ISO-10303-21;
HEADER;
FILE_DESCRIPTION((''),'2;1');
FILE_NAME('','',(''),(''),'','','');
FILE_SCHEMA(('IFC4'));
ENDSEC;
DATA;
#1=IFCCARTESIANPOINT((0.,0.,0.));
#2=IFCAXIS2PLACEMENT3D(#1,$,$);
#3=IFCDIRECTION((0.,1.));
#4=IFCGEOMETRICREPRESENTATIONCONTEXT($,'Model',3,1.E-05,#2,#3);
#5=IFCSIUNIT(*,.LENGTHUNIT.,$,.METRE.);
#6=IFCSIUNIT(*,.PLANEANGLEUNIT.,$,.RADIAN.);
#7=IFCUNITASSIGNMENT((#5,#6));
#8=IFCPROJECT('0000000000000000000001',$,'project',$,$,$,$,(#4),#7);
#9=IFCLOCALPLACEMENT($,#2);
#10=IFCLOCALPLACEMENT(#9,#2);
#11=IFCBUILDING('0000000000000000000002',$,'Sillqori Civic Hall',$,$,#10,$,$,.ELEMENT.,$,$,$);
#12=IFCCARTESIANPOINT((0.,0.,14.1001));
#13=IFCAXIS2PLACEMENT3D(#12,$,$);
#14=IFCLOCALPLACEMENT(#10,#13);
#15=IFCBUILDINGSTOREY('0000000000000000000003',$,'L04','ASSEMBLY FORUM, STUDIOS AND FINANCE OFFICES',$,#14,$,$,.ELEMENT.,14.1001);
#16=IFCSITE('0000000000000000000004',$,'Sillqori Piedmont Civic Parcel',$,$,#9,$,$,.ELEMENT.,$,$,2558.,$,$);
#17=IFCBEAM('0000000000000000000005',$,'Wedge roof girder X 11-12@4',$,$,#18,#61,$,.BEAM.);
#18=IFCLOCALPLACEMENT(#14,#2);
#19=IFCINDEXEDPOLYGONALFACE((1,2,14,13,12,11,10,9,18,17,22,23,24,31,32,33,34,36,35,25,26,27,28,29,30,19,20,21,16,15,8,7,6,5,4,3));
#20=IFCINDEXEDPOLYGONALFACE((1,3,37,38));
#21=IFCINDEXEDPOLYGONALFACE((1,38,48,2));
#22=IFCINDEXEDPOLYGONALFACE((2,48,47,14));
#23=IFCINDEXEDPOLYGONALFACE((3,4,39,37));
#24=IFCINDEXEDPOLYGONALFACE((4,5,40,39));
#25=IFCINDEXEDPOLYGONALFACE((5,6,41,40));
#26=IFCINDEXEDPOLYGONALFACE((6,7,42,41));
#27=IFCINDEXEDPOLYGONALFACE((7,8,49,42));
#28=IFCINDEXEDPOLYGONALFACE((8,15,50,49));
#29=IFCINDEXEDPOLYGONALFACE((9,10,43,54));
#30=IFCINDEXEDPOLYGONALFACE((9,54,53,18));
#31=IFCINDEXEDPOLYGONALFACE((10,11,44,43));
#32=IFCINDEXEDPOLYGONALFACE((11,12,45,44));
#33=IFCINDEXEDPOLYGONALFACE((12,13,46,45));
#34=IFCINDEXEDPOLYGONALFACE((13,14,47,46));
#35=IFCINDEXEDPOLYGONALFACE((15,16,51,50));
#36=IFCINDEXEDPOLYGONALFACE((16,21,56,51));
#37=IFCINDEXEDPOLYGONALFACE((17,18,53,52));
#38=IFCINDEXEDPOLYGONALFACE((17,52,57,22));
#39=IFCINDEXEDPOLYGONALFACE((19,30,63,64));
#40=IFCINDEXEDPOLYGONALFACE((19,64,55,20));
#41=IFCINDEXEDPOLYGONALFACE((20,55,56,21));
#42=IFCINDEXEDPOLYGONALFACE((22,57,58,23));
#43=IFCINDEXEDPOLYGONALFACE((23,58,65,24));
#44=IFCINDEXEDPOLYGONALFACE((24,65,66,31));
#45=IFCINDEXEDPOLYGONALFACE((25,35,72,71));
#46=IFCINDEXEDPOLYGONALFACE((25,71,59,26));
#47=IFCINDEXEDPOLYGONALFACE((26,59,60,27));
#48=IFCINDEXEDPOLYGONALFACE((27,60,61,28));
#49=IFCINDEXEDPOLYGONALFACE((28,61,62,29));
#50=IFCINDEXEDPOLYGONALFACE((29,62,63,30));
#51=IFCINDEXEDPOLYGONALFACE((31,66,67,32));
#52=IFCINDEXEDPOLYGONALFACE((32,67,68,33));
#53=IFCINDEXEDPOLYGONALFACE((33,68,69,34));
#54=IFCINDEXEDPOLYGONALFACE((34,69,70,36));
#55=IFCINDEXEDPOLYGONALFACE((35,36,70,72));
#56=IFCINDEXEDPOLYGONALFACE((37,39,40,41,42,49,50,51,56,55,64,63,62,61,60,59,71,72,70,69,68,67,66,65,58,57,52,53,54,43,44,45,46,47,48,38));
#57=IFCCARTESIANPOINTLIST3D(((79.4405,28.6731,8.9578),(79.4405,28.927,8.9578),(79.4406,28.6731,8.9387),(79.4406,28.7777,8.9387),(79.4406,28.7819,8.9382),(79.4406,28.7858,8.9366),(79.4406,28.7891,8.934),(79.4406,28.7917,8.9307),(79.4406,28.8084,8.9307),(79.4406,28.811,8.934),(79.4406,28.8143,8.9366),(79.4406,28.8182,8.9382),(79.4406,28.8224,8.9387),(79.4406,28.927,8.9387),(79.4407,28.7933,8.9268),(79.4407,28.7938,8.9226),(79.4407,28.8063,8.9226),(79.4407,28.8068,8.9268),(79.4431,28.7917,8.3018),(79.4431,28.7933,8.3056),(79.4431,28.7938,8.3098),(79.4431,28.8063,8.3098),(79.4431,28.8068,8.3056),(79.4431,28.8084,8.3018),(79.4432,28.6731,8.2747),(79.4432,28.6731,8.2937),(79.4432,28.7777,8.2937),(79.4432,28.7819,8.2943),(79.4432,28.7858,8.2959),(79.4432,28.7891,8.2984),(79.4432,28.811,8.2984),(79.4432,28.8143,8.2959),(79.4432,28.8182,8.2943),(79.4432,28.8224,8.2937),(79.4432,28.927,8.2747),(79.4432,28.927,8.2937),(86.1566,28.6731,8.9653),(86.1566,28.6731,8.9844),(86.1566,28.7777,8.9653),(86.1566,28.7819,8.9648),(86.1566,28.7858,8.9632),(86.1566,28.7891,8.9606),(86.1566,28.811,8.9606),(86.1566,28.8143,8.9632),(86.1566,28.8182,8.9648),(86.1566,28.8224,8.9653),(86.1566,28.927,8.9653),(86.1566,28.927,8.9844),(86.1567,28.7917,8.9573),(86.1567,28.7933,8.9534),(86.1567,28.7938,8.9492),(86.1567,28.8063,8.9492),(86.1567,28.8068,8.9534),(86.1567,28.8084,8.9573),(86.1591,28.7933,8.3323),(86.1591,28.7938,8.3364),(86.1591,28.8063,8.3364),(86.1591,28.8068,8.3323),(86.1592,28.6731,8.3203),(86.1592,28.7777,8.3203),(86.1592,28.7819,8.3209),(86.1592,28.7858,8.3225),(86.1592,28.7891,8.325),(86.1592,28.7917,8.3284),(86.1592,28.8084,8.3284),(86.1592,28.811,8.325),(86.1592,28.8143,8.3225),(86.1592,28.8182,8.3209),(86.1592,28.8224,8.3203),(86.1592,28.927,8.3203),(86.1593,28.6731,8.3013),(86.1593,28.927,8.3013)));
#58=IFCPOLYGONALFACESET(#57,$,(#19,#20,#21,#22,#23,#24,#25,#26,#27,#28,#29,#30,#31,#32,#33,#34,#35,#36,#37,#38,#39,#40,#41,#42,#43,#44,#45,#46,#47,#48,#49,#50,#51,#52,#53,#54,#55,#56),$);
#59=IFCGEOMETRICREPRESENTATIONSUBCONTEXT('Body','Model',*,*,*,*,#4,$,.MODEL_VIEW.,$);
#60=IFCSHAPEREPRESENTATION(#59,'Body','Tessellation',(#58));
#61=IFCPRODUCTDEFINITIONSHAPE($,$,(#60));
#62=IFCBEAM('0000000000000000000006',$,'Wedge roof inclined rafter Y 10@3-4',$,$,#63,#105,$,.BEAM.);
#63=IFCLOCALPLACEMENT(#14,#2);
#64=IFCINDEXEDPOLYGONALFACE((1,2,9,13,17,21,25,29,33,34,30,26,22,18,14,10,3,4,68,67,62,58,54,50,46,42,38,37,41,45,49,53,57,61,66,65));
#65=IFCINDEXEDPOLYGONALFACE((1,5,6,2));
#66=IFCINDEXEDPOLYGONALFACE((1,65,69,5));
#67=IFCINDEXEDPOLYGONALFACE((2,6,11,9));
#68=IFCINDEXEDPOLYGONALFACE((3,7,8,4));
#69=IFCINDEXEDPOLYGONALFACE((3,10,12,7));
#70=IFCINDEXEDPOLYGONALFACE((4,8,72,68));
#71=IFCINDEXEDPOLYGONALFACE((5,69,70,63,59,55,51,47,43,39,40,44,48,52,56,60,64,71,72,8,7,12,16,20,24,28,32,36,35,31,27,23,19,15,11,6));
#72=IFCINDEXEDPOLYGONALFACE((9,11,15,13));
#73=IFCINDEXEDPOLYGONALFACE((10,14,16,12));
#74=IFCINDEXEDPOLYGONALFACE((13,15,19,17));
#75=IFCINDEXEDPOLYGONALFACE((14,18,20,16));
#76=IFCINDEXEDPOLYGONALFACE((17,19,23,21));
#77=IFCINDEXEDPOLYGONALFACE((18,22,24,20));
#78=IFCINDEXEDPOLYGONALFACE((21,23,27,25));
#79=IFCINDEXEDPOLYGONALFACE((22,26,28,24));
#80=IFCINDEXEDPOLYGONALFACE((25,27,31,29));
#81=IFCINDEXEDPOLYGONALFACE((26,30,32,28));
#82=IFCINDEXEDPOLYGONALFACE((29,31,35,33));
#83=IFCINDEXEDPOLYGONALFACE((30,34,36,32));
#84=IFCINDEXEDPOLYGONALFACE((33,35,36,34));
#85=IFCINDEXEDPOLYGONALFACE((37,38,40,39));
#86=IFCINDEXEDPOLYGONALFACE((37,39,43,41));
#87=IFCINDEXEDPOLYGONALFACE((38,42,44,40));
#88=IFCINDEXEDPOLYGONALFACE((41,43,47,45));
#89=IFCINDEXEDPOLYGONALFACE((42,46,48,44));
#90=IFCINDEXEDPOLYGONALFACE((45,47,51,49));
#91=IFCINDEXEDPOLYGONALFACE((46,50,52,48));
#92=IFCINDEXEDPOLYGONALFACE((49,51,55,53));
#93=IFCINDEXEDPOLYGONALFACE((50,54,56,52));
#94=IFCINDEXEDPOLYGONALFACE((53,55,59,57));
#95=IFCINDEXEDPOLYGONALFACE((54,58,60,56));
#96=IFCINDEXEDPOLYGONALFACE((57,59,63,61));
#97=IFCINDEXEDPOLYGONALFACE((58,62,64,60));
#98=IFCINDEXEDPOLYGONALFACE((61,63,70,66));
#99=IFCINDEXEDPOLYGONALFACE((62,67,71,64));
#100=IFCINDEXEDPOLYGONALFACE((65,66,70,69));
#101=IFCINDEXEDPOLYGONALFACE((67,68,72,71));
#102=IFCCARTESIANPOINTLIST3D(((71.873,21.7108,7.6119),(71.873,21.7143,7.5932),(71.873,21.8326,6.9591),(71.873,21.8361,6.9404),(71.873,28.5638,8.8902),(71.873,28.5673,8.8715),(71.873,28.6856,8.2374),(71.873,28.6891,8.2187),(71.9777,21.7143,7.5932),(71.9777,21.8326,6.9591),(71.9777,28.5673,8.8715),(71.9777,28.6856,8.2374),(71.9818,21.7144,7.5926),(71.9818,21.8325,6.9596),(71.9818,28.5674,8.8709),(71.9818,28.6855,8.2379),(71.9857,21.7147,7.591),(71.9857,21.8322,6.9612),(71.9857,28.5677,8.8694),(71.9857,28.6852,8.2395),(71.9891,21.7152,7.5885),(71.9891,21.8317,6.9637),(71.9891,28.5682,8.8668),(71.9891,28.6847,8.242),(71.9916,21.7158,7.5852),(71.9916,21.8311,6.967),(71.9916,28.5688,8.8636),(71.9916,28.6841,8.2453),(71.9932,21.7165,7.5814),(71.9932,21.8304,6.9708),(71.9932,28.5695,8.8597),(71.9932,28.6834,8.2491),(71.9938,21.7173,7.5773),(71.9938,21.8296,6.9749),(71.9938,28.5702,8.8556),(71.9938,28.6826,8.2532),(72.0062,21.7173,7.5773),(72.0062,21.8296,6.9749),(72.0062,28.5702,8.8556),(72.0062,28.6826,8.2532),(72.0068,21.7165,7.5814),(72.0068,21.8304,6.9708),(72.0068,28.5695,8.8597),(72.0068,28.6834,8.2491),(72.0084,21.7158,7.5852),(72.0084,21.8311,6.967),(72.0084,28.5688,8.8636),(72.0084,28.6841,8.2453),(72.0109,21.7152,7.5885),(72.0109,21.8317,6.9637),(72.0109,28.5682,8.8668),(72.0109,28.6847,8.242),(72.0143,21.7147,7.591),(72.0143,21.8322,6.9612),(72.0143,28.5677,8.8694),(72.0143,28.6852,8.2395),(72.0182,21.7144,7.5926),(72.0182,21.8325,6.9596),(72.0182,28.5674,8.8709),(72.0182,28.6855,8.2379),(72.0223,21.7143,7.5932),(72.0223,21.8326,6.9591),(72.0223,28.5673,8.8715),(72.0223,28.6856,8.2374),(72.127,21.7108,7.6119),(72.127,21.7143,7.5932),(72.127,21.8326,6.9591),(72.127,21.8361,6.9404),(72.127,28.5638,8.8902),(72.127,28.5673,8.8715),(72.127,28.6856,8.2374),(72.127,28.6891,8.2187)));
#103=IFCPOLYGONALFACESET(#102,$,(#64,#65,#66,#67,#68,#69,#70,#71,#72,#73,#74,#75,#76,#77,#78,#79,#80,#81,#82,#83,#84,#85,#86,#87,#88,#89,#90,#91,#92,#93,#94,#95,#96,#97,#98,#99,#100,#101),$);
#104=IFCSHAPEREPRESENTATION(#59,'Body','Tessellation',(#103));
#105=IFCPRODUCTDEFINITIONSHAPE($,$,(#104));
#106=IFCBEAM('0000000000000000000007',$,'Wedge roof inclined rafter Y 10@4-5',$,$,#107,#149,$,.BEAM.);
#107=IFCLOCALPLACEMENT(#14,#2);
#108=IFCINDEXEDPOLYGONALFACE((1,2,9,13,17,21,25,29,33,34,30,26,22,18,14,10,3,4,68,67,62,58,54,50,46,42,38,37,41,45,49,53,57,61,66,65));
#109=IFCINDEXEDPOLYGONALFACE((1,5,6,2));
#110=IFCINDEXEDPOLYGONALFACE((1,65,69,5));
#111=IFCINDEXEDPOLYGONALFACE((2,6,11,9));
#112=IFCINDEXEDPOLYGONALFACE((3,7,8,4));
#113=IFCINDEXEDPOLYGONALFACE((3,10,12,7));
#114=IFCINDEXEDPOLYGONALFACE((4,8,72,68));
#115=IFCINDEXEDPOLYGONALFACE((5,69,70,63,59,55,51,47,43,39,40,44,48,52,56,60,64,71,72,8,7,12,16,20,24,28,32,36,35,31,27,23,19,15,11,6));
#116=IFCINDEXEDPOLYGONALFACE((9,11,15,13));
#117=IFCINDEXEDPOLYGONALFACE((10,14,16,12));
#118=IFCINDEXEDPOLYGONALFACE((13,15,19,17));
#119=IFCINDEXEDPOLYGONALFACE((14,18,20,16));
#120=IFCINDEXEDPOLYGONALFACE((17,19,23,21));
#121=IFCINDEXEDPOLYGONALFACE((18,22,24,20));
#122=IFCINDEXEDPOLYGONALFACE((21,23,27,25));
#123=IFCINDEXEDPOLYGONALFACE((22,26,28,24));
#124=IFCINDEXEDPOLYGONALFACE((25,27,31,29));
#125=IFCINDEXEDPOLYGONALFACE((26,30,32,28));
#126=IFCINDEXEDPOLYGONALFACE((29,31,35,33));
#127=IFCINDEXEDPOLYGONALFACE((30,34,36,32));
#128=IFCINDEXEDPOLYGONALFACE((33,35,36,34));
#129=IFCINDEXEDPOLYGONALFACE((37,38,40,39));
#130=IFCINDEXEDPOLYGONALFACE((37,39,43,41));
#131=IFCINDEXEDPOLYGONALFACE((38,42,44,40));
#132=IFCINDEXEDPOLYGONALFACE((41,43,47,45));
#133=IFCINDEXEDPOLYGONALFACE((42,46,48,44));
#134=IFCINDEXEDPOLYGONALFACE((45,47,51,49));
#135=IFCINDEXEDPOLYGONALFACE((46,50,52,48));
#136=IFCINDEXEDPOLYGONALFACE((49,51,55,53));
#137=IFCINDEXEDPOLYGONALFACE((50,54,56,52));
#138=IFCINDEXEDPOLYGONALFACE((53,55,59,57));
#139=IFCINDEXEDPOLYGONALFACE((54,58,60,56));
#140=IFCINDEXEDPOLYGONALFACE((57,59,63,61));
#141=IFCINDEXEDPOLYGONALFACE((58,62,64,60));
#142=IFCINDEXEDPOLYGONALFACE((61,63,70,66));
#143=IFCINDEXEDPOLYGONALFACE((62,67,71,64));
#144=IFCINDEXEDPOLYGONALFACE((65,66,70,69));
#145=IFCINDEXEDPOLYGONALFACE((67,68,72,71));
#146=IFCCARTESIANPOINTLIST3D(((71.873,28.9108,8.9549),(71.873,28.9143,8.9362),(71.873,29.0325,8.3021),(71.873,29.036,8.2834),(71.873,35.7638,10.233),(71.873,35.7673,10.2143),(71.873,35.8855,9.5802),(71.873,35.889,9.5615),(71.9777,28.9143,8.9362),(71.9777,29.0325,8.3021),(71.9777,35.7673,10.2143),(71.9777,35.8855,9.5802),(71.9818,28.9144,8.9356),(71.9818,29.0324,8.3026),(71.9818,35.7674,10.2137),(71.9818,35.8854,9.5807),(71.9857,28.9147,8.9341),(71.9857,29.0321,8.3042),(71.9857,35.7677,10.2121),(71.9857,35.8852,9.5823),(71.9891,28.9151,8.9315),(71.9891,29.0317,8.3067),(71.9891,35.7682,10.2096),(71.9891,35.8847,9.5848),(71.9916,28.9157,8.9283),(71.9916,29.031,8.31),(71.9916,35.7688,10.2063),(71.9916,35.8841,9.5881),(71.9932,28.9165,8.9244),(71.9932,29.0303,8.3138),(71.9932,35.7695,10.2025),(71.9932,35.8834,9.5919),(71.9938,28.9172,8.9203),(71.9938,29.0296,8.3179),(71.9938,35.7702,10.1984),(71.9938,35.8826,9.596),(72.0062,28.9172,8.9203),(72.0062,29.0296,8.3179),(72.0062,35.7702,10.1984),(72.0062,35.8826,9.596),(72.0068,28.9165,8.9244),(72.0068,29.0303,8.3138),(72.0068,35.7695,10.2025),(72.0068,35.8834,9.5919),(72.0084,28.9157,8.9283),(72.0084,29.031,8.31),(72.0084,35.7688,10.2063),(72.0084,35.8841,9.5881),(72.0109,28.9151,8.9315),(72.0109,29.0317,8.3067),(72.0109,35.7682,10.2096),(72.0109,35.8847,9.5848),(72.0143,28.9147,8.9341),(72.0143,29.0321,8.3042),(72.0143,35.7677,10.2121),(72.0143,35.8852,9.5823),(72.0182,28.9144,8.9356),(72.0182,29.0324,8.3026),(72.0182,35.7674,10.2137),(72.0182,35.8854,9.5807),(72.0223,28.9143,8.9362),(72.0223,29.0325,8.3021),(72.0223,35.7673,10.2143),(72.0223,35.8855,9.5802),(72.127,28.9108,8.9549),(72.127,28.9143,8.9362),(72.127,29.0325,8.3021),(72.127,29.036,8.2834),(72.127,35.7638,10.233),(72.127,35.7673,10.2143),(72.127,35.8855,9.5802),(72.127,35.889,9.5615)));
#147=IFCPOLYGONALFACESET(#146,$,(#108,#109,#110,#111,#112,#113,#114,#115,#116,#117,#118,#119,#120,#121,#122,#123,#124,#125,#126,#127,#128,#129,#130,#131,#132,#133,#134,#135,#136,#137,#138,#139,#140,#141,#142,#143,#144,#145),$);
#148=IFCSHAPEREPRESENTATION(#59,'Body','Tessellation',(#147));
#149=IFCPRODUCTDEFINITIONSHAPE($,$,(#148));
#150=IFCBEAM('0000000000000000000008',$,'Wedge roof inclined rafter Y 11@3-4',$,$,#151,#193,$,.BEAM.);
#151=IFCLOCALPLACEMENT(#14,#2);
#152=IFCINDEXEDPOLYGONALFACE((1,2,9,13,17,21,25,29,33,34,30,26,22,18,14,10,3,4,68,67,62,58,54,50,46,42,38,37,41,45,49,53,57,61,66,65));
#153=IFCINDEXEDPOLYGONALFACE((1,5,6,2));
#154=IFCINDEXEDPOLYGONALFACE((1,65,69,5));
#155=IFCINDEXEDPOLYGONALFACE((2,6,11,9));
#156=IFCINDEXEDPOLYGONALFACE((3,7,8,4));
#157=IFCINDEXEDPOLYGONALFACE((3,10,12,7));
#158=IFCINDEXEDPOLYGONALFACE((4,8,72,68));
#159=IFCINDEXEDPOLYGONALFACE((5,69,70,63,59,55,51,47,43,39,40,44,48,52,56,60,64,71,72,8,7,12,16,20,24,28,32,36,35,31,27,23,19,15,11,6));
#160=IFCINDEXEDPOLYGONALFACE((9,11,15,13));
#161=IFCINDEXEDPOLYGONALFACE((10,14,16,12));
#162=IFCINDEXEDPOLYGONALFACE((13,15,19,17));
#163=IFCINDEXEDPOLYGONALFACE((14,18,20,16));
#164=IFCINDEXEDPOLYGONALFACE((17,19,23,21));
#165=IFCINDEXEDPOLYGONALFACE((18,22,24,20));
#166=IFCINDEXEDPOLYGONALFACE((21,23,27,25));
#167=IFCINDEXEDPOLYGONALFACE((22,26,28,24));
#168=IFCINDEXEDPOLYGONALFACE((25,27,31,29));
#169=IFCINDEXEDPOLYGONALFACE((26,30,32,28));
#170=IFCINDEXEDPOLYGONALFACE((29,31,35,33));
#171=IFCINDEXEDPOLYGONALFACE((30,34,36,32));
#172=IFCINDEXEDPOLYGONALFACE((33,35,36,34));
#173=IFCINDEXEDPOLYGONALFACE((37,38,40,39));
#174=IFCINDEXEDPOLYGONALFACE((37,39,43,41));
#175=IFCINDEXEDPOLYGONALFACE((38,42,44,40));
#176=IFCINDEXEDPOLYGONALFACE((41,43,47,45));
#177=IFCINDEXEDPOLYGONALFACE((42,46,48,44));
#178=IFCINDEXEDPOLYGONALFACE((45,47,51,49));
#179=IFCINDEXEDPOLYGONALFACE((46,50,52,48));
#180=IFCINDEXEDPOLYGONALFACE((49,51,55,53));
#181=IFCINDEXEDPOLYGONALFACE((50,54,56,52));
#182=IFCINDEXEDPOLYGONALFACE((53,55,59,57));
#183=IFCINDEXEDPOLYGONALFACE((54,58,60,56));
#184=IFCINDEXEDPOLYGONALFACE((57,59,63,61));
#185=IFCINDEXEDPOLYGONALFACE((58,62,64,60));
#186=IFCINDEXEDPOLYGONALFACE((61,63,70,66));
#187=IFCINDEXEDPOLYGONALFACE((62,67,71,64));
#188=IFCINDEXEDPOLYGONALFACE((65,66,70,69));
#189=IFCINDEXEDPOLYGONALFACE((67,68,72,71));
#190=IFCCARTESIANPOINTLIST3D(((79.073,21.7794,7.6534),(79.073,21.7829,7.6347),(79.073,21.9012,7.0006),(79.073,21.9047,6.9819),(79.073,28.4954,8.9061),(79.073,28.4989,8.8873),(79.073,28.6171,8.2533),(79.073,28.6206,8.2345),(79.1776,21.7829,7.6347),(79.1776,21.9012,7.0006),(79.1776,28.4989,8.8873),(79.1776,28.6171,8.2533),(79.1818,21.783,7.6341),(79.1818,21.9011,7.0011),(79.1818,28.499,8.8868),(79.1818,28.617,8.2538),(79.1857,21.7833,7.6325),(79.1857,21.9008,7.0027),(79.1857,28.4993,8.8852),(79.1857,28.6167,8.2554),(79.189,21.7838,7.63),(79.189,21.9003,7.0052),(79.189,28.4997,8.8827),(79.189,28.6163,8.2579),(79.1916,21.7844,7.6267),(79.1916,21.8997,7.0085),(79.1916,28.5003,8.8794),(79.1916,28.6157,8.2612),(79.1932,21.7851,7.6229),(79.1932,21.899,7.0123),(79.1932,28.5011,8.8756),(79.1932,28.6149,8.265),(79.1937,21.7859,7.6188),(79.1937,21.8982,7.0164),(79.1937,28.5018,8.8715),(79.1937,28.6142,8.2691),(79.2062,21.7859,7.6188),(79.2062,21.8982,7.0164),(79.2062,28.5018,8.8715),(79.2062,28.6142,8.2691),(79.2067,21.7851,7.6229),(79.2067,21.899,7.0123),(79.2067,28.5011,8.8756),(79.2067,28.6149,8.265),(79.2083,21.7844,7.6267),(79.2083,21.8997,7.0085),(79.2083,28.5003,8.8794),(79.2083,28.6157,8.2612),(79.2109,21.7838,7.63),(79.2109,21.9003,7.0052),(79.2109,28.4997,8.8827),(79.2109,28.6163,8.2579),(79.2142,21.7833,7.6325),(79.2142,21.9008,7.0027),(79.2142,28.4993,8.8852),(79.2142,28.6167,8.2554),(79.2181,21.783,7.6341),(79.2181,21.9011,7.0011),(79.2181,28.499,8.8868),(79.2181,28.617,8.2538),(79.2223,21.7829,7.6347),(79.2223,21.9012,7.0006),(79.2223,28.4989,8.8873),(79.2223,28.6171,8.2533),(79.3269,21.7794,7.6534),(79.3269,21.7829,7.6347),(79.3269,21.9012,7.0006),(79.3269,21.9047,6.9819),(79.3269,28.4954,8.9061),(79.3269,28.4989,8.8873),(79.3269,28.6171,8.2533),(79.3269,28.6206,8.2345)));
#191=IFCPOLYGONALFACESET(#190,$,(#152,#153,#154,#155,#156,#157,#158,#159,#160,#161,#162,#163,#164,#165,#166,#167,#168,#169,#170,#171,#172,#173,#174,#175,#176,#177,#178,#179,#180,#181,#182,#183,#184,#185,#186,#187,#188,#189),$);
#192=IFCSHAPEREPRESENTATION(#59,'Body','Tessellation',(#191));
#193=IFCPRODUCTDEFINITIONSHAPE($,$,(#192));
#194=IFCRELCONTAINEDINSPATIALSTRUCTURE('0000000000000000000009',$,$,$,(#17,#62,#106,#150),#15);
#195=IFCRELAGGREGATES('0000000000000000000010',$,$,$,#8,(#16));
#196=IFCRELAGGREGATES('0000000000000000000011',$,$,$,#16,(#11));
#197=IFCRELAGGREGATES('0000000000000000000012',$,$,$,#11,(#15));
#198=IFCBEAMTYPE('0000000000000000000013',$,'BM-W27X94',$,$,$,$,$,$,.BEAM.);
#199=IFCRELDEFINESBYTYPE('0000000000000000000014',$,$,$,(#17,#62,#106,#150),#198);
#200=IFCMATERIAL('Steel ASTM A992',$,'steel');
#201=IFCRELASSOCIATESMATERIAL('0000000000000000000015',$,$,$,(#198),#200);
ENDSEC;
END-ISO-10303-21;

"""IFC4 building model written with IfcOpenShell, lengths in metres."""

from ifc_helpers import new_model, si_unit, direction, frame, origin, origin_2d, place, context, subcontext, project, spatial, i_section, extrude, material, material_profile, profile_set, type_object, element, save


model = new_model("IFC4")

# Units and contexts
model_context = context("Model", 3, precision=1e-05, world=origin(), true_north=direction((0.0, 1.0)))
body_context = subcontext(model_context, "Body", "Model", "MODEL_VIEW")
ifc_project = project(units=[si_unit("LENGTHUNIT", "METRE"), si_unit("PLANEANGLEUNIT", "RADIAN")], contexts=[model_context])

# Site, building, storey
site_placement = place(None, origin())
site = spatial("IfcSite", under=ifc_project, at=site_placement, Name="Sillqori Piedmont Civic Parcel", CompositionType="ELEMENT", RefElevation=2558.0)
building_placement = place(site_placement, origin())
building = spatial("IfcBuilding", under=site, at=building_placement, Name="Sillqori Civic Hall", CompositionType="ELEMENT")
storey_placement = place(building_placement, frame((0.0, 0.0, 14.1001)))
storey = spatial("IfcBuildingStorey", under=building, at=storey_placement, Name="L04", Description="ASSEMBLY FORUM, STUDIOS AND FINANCE OFFICES", CompositionType="ELEMENT", Elevation=14.1001)

# Shared definitions
ifc_material_1 = material(Name="Steel ASTM A992", Category="steel")

# Beams
ifc_material_profile_1 = material_profile(ifc_material_1, i_section(OverallWidth=0.2539, OverallDepth=0.6831, WebThickness=0.0125, FlangeThickness=0.019, FilletRadius=0.0161, at=origin_2d()), Name="W27X94")
ifc_profile_set_1 = profile_set([ifc_material_profile_1], Name="Steel ASTM A992")
beam_type_1 = type_object("IfcBeamType", Name="BM-W27X94", PredefinedType="BEAM", material=ifc_profile_set_1)
beam_1_placement = place(storey_placement, frame((79.4419, 28.8, 8.6162), z_axis=(0.999992, 0.0, 0.003962), x_axis=(0.0, 1.0, 0.0)))
element("IfcBeam", 1, at=beam_1_placement, inside=storey, type_object=beam_type_1, Name="Wedge roof girder X 11-12@4", PredefinedType="BEAM", context=body_context, shape_type="SweptSolid", body=[
    extrude(i_section(OverallWidth=0.2539, OverallDepth=0.6831, WebThickness=0.0125, FlangeThickness=0.019, FilletRadius=0.0161, at=origin_2d()), origin(), (0.0, 0.0, 1.0), 6.7161),
])
for number, where, z_axis, x_axis, name in (
    (2, (72.0, 21.7734, 7.2761), (0.0, 0.983044, 0.183371), (-1.0, 0.0, 0.0), "Wedge roof inclined rafter Y 10@3-4"),
    (3, (72.0, 28.9734, 8.6191), (0.0, 0.98305, 0.183337), (-1.0, 0.0, 0.0), "Wedge roof inclined rafter Y 10@4-5"),
):
    element("IfcBeam", number, at=place(storey_placement, frame(where, z_axis=z_axis, x_axis=x_axis)), inside=storey, type_object=beam_type_1, Name=name, PredefinedType="BEAM", context=body_context, shape_type="SweptSolid", body=[
        extrude(i_section(OverallWidth=0.2539, OverallDepth=0.6831, WebThickness=0.0125, FlangeThickness=0.019, FilletRadius=0.0161, at=origin_2d()), origin(), (0.0, 0.0, 1.0), 6.9712),
    ])
beam_2_placement = place(storey_placement, frame((79.2, 21.842, 7.3176), z_axis=(0.0, 0.983046, 0.183359), x_axis=(-1.0, 0.0, 0.0)))
element("IfcBeam", 4, at=beam_2_placement, inside=storey, type_object=beam_type_1, Name="Wedge roof inclined rafter Y 11@3-4", PredefinedType="BEAM", context=body_context, shape_type="SweptSolid", body=[
    extrude(i_section(OverallWidth=0.2539, OverallDepth=0.6831, WebThickness=0.0125, FlangeThickness=0.019, FilletRadius=0.0161, at=origin_2d()), origin(), (0.0, 0.0, 1.0), 6.8318),
])

save(model, "model.ifc")
